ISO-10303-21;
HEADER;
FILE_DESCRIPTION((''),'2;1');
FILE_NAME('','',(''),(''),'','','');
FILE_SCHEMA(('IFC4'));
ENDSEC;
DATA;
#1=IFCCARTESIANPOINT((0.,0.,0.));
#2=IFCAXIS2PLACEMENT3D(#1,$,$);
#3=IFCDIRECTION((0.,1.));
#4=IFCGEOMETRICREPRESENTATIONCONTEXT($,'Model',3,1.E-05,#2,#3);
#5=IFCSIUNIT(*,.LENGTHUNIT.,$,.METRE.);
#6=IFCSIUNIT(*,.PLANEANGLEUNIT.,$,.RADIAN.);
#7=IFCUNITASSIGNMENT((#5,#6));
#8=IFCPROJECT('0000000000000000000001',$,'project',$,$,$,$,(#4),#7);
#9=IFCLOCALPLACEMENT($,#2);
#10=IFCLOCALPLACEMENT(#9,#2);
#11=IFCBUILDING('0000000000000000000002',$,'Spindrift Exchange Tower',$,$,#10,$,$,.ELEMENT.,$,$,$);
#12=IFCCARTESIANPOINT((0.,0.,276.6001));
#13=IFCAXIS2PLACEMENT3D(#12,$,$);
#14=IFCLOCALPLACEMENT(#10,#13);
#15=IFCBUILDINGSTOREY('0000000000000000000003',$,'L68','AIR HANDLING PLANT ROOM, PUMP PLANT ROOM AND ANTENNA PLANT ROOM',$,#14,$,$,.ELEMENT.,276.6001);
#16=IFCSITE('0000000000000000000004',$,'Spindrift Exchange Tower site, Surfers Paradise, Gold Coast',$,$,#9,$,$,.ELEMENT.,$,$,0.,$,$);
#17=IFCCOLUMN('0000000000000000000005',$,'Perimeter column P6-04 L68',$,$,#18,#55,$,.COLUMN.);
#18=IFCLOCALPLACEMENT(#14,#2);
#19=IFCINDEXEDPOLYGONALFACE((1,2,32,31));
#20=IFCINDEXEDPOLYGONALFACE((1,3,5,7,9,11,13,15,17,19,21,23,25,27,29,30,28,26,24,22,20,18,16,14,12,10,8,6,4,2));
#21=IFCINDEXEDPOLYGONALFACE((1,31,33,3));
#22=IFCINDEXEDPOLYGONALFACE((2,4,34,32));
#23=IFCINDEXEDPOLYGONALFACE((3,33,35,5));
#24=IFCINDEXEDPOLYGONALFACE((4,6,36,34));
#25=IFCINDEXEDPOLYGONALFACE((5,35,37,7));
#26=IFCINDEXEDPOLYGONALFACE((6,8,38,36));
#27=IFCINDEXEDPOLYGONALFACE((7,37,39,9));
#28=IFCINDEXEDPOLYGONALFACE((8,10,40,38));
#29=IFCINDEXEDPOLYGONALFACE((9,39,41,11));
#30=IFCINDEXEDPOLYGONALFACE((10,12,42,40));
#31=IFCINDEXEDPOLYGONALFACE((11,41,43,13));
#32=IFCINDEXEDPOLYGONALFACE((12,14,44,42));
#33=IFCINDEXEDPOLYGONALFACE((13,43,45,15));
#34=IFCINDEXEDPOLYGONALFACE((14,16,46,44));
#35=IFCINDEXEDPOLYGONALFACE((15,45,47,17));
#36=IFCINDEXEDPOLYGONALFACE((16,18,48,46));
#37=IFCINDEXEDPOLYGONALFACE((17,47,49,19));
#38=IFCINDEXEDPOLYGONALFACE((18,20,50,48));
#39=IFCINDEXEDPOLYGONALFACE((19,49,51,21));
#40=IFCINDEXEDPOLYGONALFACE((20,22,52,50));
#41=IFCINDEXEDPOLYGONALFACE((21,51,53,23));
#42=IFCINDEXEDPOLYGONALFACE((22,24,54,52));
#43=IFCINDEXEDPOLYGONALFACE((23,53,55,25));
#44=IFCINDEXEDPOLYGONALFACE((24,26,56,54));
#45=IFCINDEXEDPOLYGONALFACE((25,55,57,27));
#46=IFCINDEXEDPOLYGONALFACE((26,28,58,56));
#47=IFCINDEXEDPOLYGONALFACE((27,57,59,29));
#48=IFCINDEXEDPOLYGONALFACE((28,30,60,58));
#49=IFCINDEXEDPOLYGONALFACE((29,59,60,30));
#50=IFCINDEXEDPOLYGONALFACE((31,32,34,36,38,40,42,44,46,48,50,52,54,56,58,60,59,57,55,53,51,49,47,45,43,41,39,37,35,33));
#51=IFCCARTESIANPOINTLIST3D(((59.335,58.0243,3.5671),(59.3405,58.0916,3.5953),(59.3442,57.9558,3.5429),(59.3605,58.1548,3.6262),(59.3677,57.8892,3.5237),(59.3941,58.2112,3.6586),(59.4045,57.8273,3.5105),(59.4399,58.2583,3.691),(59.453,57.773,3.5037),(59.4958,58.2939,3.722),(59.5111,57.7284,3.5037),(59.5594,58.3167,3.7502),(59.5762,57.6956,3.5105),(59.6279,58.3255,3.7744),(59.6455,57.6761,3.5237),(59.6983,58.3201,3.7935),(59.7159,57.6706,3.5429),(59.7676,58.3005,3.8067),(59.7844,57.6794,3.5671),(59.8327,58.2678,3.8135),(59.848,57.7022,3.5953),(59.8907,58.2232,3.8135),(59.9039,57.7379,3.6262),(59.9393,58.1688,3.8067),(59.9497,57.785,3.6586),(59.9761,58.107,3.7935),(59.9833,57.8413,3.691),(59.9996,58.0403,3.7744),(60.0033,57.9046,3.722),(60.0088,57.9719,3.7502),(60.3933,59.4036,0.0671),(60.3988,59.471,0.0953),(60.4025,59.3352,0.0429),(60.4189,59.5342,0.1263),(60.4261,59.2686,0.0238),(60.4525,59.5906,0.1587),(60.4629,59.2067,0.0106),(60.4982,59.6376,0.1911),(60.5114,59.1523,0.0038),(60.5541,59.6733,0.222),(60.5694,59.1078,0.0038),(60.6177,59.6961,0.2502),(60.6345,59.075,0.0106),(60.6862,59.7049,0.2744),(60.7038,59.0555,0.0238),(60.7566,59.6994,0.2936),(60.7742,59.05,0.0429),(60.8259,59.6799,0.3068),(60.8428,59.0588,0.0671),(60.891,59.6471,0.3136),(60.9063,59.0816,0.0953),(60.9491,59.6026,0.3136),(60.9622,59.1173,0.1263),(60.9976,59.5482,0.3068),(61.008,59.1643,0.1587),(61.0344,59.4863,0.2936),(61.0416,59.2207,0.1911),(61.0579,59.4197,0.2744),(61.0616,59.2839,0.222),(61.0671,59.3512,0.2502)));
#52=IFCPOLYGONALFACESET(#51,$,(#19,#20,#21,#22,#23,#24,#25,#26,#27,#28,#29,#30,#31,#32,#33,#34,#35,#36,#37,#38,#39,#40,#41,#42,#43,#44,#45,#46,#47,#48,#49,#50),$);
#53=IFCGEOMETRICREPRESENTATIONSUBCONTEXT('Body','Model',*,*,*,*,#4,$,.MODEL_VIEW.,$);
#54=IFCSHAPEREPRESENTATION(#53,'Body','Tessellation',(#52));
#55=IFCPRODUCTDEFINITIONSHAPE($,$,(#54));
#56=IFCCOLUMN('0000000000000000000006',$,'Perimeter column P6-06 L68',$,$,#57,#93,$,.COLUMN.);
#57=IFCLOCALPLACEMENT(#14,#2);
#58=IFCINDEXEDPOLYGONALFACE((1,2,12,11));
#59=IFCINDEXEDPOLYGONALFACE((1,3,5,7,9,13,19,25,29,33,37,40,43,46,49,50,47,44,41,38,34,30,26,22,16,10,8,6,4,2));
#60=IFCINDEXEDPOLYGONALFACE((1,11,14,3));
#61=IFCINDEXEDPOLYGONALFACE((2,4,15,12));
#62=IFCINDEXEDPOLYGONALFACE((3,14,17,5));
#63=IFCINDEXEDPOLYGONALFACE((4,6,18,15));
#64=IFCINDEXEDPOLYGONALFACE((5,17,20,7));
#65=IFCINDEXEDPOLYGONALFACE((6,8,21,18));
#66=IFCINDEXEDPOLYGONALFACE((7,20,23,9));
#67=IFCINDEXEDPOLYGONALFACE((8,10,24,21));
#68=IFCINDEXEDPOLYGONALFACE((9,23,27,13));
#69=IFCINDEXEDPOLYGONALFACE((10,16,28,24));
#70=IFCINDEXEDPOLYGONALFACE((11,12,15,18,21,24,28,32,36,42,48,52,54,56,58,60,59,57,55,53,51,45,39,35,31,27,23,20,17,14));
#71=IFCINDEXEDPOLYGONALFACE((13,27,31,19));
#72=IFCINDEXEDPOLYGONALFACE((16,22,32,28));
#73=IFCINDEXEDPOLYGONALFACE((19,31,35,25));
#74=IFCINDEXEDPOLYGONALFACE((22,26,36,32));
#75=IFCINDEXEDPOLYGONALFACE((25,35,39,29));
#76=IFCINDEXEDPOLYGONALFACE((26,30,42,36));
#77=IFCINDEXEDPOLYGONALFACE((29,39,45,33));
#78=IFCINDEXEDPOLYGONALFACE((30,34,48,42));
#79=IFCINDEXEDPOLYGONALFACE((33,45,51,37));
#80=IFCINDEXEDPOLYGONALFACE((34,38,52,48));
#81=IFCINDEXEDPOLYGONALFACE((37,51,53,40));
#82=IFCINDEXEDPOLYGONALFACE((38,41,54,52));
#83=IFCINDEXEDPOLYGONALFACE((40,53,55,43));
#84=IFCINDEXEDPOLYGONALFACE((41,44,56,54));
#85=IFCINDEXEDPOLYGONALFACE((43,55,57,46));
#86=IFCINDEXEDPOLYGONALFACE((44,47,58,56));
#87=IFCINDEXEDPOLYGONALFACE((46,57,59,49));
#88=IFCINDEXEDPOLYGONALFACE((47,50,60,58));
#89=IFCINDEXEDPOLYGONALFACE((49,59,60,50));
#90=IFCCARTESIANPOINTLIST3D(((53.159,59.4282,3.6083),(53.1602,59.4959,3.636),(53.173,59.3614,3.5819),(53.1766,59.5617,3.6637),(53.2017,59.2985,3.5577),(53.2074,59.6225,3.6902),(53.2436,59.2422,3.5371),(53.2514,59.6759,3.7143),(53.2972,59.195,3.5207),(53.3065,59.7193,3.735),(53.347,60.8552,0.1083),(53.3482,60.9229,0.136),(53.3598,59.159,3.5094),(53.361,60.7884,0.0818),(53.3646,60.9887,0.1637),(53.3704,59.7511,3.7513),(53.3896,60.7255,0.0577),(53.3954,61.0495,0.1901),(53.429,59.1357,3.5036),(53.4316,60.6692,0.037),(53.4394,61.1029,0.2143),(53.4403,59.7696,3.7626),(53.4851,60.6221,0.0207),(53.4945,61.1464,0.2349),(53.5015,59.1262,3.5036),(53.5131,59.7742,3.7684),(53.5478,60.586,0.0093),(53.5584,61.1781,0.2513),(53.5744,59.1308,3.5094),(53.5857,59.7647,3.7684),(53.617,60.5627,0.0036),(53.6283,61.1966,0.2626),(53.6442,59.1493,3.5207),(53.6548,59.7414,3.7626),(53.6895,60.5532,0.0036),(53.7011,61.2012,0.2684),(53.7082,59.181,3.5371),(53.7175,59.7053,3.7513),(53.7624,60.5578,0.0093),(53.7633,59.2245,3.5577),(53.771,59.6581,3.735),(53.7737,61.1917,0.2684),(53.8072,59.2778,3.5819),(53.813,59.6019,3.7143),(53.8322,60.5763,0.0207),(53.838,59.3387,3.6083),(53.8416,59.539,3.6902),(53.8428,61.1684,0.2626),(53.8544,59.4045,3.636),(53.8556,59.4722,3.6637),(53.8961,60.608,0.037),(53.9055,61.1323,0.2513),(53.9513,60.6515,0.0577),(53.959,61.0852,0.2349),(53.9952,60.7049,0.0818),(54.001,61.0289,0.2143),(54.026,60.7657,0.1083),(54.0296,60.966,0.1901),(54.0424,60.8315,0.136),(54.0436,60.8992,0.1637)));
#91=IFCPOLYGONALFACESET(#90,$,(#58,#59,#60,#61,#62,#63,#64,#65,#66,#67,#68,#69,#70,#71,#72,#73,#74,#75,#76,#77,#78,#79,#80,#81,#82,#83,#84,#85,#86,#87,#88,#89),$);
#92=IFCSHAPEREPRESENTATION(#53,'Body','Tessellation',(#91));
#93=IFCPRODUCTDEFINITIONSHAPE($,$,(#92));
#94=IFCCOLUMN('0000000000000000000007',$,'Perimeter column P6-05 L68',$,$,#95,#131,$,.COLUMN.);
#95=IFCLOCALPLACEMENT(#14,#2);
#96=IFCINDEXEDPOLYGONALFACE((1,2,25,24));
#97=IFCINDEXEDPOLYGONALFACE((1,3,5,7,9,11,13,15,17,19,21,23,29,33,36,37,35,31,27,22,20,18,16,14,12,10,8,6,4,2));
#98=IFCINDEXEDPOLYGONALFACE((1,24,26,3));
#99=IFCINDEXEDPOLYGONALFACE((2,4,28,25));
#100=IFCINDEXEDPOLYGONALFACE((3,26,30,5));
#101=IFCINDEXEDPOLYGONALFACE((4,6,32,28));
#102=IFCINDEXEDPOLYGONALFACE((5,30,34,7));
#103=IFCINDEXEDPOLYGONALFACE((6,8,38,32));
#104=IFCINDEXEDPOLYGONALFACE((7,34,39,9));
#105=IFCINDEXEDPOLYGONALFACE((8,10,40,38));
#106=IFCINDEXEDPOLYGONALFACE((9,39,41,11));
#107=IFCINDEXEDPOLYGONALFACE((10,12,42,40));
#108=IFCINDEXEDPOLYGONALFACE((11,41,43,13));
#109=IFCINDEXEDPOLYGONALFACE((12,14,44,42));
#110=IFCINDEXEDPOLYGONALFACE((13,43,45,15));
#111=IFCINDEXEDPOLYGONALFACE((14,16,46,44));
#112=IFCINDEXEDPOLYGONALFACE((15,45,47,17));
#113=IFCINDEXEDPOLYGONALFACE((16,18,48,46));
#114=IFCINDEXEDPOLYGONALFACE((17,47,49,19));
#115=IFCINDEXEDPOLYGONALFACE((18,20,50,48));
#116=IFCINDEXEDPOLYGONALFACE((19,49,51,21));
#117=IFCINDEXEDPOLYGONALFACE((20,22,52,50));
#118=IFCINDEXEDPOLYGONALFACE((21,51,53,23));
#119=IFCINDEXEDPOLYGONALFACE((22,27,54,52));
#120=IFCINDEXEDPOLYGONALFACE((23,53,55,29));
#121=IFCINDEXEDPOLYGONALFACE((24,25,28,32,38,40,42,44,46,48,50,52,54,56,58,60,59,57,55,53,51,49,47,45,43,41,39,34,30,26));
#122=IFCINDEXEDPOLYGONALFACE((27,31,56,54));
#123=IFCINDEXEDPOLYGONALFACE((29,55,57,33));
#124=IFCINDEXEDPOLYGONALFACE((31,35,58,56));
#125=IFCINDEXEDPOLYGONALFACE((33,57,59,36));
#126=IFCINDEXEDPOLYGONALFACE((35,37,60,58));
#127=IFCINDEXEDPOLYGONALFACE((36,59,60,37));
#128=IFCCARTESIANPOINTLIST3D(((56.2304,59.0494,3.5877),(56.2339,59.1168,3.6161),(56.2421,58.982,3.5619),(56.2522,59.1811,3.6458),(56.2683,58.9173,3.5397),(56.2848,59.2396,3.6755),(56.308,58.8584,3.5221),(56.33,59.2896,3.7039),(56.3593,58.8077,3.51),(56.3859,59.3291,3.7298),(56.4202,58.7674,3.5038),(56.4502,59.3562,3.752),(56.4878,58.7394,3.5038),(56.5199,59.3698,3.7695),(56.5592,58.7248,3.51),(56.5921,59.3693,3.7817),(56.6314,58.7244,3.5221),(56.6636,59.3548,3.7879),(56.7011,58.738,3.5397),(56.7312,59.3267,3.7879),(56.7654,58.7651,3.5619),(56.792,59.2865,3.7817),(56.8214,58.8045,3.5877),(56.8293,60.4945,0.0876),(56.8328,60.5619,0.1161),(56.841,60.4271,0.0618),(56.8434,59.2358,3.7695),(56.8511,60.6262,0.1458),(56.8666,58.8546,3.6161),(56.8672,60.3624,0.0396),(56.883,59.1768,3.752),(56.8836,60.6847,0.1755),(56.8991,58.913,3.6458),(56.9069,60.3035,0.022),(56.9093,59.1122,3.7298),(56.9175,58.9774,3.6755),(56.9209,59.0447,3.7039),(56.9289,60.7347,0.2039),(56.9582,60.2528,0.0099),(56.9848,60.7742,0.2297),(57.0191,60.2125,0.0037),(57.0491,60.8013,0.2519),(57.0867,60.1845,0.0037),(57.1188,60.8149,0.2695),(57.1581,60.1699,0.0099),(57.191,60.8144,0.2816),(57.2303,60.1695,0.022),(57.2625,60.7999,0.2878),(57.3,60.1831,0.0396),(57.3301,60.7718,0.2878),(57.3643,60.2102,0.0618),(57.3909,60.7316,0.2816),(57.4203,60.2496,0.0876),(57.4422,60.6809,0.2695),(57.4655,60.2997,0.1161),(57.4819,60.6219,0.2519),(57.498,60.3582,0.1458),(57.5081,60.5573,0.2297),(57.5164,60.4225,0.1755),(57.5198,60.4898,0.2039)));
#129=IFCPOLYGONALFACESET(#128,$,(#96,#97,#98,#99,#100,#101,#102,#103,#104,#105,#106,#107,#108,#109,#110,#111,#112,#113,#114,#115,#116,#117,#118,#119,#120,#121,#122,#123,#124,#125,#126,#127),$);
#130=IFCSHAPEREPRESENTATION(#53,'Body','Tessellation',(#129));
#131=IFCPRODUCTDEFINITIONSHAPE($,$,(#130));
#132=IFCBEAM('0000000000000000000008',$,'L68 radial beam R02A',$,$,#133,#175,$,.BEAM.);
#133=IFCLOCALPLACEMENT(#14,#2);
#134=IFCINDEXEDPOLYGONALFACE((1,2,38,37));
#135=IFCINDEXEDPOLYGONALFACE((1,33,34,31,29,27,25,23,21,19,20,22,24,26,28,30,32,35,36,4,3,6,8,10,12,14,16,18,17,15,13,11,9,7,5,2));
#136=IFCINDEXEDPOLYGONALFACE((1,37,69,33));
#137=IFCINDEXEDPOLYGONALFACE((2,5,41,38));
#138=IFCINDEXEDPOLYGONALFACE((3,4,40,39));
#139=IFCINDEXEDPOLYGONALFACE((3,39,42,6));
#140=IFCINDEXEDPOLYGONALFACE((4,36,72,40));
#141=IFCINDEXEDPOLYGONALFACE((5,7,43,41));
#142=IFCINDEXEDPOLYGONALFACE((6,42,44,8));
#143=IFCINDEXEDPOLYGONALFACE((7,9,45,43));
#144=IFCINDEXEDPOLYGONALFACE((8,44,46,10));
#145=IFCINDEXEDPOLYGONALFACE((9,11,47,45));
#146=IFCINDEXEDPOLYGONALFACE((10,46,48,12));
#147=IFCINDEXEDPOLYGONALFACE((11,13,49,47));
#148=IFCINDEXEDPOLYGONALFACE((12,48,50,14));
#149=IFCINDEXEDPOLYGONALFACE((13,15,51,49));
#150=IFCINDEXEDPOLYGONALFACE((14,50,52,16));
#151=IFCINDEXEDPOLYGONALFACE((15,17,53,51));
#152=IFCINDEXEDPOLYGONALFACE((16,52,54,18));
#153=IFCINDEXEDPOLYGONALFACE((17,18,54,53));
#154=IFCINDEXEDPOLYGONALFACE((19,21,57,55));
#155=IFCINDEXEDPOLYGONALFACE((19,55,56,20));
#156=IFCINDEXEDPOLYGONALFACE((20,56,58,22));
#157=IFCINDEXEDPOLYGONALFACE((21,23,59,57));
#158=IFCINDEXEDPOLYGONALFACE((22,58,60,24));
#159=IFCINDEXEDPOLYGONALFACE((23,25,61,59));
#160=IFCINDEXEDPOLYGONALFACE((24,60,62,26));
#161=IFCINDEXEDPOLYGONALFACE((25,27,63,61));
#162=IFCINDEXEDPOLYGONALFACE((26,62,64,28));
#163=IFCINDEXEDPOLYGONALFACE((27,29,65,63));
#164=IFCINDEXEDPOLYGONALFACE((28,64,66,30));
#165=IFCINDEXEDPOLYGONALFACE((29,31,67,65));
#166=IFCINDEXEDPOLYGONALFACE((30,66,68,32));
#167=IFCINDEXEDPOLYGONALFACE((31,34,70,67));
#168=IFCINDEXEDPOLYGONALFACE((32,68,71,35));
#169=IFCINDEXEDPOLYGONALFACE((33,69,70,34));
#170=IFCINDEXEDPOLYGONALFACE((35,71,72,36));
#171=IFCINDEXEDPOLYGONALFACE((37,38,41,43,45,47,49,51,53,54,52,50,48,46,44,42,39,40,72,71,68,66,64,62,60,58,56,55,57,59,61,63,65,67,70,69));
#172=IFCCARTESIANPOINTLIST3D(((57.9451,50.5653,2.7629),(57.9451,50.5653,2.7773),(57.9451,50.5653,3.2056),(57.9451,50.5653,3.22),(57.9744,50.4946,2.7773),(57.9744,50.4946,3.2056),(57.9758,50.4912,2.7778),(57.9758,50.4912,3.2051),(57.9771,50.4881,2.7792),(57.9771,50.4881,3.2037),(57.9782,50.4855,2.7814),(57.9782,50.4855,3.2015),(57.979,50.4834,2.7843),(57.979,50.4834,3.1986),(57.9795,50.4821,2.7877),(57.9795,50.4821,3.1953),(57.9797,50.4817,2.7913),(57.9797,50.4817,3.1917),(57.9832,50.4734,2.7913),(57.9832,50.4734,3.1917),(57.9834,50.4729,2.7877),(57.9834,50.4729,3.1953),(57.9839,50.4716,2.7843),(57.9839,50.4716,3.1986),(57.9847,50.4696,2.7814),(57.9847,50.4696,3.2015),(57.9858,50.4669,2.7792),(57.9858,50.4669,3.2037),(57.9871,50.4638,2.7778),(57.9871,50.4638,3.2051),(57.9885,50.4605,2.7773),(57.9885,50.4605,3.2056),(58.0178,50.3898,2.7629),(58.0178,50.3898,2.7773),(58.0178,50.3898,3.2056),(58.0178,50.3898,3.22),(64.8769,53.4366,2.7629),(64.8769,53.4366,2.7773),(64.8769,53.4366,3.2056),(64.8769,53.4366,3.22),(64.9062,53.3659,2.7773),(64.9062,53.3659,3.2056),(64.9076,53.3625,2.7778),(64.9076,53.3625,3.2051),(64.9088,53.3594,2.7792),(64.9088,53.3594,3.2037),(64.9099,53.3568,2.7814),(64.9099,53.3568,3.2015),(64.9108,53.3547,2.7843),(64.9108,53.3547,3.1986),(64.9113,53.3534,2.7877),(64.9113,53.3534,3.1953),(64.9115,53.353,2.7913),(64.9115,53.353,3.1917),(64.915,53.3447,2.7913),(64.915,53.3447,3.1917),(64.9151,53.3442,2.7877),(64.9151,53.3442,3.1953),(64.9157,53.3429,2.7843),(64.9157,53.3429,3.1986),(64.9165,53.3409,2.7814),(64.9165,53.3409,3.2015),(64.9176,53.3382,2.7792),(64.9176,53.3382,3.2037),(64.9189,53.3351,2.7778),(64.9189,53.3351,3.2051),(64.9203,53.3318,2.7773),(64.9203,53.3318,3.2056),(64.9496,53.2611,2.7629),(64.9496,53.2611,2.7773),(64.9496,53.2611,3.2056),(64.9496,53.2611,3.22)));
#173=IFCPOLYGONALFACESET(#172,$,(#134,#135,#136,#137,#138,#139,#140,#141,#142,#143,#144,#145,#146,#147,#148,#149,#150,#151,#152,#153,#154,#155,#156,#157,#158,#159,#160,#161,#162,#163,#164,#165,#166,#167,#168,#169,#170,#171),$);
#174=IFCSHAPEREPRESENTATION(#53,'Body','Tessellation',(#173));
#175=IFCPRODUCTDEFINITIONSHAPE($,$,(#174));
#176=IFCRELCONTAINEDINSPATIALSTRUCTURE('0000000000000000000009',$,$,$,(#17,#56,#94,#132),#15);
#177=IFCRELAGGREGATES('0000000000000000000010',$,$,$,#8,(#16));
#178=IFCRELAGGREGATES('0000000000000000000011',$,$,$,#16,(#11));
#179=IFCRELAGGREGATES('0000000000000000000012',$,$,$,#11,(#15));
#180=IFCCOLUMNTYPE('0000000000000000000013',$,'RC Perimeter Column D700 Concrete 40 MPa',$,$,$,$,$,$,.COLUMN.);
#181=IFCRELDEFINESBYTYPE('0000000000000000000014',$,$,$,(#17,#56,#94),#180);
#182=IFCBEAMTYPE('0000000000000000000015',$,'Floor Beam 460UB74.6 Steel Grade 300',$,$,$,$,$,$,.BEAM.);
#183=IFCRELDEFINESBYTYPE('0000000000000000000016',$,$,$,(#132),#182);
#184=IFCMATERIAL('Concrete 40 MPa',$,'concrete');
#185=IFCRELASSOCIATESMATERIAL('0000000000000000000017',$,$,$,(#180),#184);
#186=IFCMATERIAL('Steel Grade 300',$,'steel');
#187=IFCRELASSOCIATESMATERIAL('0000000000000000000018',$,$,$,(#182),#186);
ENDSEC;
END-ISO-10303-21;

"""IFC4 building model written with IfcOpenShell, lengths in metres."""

from ifc_helpers import new_model, si_unit, direction, frame, origin, origin_2d, place, context, subcontext, project, spatial, circle, i_section, extrude, source, transform, mapped, material, material_profile, profile_set, type_object, element, save


model = new_model("IFC4")

# Units and contexts
model_context = context("Model", 3, precision=1e-05, world=origin(), true_north=direction((0.0, 1.0)))
body_context = subcontext(model_context, "Body", "Model", "MODEL_VIEW")
ifc_project = project(units=[si_unit("LENGTHUNIT", "METRE"), si_unit("PLANEANGLEUNIT", "RADIAN")], contexts=[model_context])

# Site, building, storey
site_placement = place(None, origin())
site = spatial("IfcSite", under=ifc_project, at=site_placement, Name="Spindrift Exchange Tower site, Surfers Paradise, Gold Coast", CompositionType="ELEMENT", RefElevation=0.0)
building_placement = place(site_placement, origin())
building = spatial("IfcBuilding", under=site, at=building_placement, Name="Spindrift Exchange Tower", CompositionType="ELEMENT")
storey_placement = place(building_placement, frame((0.0, 0.0, 276.6001)))
storey = spatial("IfcBuildingStorey", under=building, at=storey_placement, Name="L68", Description="AIR HANDLING PLANT ROOM, PUMP PLANT ROOM AND ANTENNA PLANT ROOM", CompositionType="ELEMENT", Elevation=276.6001)

# Columns
ifc_material_1 = material(Name="Concrete 40 MPa", Category="concrete")
ifc_material_profile_1 = material_profile(ifc_material_1, circle(Radius=0.3501, at=origin_2d()), Name="RC D700")
ifc_profile_set_1 = profile_set([ifc_material_profile_1], Name="Concrete 40 MPa")
column_type = type_object("IfcColumnType", Name="RC Perimeter Column D700 Concrete 40 MPa", PredefinedType="COLUMN", material=ifc_profile_set_1)
shared_shape_1 = source(origin(), body_context, "Body", "SweptSolid", [
    extrude(circle(Radius=0.3501, at=origin_2d()), origin(), (0.0, 0.0, 1.0), 3.908),
])
column_1_placement = place(storey_placement, frame((60.7302, 59.3774, 0.1587), z_axis=(-0.270813, -0.352963, 0.895588), x_axis=(0.79338, -0.608726, 0.0)))
element("IfcColumn", 1, at=column_1_placement, inside=storey, type_object=column_type, Name="Perimeter column P6-04 L68", PredefinedType="COLUMN", context=body_context, shape_type="MappedRepresentation", body=[
    mapped(shared_shape_1, transform((0.0, 0.0, 0.0), scale=1.0)),
])
shared_shape_2 = source(origin(), body_context, "Body", "SweptSolid", [
    extrude(circle(Radius=0.3501, at=origin_2d()), origin(), (0.0, 0.0, 1.0), 3.7844),
])
column_2_placement = place(storey_placement, frame((53.6953, 60.8772, 0.136), z_axis=(-0.049675, -0.377075, 0.92485), x_axis=(0.991434, -0.130608, 0.0)))
element("IfcColumn", 2, at=column_2_placement, inside=storey, type_object=column_type, Name="Perimeter column P6-06 L68", PredefinedType="COLUMN", context=body_context, shape_type="MappedRepresentation", body=[
    mapped(shared_shape_2, transform((0.0, 0.0, 0.0), scale=1.0)),
])
shared_shape_3 = source(origin(), body_context, "Body", "SweptSolid", [
    extrude(circle(Radius=0.3501, at=origin_2d()), origin(), (0.0, 0.0, 1.0), 3.8337),
])
column_3_placement = place(storey_placement, frame((57.1746, 60.4922, 0.1458), z_axis=(-0.156216, -0.376943, 0.912968), x_axis=(0.923809, -0.382853, 0.0)))
element("IfcColumn", 3, at=column_3_placement, inside=storey, type_object=column_type, Name="Perimeter column P6-05 L68", PredefinedType="COLUMN", context=body_context, shape_type="MappedRepresentation", body=[
    mapped(shared_shape_3, transform((0.0, 0.0, 0.0), scale=1.0)),
])

# Beam
ifc_material_2 = material(Name="Steel Grade 300", Category="steel")
ifc_material_profile_2 = material_profile(ifc_material_2, i_section(OverallWidth=0.1899, OverallDepth=0.457, WebThickness=0.009, FlangeThickness=0.0144, FilletRadius=0.0139, at=origin_2d()), Name="460UB74.6")
ifc_profile_set_2 = profile_set([ifc_material_profile_2], Name="Steel Grade 300")
beam_type_1 = type_object("IfcBeamType", Name="Floor Beam 460UB74.6 Steel Grade 300", PredefinedType="BEAM", material=ifc_profile_set_2)
shared_shape_4 = source(origin(), body_context, "Body", "SweptSolid", [
    extrude(i_section(OverallWidth=0.1899, OverallDepth=0.457, WebThickness=0.009, FlangeThickness=0.0144, FilletRadius=0.0139, at=origin_2d()), origin(), (0.0, 0.0, 1.0), 7.5029),
])
beam_1_placement = place(storey_placement, frame((57.9814, 50.4775, 2.9915), z_axis=(0.923877, 0.38269, 0.0), x_axis=(-0.38269, 0.923877, 0.0)))
element("IfcBeam", 4, at=beam_1_placement, inside=storey, type_object=beam_type_1, Name="L68 radial beam R02A", PredefinedType="BEAM", context=body_context, shape_type="MappedRepresentation", body=[
    mapped(shared_shape_4, transform((0.0, 0.0, 0.0), scale=1.0)),
])

save(model, "model.ifc")
